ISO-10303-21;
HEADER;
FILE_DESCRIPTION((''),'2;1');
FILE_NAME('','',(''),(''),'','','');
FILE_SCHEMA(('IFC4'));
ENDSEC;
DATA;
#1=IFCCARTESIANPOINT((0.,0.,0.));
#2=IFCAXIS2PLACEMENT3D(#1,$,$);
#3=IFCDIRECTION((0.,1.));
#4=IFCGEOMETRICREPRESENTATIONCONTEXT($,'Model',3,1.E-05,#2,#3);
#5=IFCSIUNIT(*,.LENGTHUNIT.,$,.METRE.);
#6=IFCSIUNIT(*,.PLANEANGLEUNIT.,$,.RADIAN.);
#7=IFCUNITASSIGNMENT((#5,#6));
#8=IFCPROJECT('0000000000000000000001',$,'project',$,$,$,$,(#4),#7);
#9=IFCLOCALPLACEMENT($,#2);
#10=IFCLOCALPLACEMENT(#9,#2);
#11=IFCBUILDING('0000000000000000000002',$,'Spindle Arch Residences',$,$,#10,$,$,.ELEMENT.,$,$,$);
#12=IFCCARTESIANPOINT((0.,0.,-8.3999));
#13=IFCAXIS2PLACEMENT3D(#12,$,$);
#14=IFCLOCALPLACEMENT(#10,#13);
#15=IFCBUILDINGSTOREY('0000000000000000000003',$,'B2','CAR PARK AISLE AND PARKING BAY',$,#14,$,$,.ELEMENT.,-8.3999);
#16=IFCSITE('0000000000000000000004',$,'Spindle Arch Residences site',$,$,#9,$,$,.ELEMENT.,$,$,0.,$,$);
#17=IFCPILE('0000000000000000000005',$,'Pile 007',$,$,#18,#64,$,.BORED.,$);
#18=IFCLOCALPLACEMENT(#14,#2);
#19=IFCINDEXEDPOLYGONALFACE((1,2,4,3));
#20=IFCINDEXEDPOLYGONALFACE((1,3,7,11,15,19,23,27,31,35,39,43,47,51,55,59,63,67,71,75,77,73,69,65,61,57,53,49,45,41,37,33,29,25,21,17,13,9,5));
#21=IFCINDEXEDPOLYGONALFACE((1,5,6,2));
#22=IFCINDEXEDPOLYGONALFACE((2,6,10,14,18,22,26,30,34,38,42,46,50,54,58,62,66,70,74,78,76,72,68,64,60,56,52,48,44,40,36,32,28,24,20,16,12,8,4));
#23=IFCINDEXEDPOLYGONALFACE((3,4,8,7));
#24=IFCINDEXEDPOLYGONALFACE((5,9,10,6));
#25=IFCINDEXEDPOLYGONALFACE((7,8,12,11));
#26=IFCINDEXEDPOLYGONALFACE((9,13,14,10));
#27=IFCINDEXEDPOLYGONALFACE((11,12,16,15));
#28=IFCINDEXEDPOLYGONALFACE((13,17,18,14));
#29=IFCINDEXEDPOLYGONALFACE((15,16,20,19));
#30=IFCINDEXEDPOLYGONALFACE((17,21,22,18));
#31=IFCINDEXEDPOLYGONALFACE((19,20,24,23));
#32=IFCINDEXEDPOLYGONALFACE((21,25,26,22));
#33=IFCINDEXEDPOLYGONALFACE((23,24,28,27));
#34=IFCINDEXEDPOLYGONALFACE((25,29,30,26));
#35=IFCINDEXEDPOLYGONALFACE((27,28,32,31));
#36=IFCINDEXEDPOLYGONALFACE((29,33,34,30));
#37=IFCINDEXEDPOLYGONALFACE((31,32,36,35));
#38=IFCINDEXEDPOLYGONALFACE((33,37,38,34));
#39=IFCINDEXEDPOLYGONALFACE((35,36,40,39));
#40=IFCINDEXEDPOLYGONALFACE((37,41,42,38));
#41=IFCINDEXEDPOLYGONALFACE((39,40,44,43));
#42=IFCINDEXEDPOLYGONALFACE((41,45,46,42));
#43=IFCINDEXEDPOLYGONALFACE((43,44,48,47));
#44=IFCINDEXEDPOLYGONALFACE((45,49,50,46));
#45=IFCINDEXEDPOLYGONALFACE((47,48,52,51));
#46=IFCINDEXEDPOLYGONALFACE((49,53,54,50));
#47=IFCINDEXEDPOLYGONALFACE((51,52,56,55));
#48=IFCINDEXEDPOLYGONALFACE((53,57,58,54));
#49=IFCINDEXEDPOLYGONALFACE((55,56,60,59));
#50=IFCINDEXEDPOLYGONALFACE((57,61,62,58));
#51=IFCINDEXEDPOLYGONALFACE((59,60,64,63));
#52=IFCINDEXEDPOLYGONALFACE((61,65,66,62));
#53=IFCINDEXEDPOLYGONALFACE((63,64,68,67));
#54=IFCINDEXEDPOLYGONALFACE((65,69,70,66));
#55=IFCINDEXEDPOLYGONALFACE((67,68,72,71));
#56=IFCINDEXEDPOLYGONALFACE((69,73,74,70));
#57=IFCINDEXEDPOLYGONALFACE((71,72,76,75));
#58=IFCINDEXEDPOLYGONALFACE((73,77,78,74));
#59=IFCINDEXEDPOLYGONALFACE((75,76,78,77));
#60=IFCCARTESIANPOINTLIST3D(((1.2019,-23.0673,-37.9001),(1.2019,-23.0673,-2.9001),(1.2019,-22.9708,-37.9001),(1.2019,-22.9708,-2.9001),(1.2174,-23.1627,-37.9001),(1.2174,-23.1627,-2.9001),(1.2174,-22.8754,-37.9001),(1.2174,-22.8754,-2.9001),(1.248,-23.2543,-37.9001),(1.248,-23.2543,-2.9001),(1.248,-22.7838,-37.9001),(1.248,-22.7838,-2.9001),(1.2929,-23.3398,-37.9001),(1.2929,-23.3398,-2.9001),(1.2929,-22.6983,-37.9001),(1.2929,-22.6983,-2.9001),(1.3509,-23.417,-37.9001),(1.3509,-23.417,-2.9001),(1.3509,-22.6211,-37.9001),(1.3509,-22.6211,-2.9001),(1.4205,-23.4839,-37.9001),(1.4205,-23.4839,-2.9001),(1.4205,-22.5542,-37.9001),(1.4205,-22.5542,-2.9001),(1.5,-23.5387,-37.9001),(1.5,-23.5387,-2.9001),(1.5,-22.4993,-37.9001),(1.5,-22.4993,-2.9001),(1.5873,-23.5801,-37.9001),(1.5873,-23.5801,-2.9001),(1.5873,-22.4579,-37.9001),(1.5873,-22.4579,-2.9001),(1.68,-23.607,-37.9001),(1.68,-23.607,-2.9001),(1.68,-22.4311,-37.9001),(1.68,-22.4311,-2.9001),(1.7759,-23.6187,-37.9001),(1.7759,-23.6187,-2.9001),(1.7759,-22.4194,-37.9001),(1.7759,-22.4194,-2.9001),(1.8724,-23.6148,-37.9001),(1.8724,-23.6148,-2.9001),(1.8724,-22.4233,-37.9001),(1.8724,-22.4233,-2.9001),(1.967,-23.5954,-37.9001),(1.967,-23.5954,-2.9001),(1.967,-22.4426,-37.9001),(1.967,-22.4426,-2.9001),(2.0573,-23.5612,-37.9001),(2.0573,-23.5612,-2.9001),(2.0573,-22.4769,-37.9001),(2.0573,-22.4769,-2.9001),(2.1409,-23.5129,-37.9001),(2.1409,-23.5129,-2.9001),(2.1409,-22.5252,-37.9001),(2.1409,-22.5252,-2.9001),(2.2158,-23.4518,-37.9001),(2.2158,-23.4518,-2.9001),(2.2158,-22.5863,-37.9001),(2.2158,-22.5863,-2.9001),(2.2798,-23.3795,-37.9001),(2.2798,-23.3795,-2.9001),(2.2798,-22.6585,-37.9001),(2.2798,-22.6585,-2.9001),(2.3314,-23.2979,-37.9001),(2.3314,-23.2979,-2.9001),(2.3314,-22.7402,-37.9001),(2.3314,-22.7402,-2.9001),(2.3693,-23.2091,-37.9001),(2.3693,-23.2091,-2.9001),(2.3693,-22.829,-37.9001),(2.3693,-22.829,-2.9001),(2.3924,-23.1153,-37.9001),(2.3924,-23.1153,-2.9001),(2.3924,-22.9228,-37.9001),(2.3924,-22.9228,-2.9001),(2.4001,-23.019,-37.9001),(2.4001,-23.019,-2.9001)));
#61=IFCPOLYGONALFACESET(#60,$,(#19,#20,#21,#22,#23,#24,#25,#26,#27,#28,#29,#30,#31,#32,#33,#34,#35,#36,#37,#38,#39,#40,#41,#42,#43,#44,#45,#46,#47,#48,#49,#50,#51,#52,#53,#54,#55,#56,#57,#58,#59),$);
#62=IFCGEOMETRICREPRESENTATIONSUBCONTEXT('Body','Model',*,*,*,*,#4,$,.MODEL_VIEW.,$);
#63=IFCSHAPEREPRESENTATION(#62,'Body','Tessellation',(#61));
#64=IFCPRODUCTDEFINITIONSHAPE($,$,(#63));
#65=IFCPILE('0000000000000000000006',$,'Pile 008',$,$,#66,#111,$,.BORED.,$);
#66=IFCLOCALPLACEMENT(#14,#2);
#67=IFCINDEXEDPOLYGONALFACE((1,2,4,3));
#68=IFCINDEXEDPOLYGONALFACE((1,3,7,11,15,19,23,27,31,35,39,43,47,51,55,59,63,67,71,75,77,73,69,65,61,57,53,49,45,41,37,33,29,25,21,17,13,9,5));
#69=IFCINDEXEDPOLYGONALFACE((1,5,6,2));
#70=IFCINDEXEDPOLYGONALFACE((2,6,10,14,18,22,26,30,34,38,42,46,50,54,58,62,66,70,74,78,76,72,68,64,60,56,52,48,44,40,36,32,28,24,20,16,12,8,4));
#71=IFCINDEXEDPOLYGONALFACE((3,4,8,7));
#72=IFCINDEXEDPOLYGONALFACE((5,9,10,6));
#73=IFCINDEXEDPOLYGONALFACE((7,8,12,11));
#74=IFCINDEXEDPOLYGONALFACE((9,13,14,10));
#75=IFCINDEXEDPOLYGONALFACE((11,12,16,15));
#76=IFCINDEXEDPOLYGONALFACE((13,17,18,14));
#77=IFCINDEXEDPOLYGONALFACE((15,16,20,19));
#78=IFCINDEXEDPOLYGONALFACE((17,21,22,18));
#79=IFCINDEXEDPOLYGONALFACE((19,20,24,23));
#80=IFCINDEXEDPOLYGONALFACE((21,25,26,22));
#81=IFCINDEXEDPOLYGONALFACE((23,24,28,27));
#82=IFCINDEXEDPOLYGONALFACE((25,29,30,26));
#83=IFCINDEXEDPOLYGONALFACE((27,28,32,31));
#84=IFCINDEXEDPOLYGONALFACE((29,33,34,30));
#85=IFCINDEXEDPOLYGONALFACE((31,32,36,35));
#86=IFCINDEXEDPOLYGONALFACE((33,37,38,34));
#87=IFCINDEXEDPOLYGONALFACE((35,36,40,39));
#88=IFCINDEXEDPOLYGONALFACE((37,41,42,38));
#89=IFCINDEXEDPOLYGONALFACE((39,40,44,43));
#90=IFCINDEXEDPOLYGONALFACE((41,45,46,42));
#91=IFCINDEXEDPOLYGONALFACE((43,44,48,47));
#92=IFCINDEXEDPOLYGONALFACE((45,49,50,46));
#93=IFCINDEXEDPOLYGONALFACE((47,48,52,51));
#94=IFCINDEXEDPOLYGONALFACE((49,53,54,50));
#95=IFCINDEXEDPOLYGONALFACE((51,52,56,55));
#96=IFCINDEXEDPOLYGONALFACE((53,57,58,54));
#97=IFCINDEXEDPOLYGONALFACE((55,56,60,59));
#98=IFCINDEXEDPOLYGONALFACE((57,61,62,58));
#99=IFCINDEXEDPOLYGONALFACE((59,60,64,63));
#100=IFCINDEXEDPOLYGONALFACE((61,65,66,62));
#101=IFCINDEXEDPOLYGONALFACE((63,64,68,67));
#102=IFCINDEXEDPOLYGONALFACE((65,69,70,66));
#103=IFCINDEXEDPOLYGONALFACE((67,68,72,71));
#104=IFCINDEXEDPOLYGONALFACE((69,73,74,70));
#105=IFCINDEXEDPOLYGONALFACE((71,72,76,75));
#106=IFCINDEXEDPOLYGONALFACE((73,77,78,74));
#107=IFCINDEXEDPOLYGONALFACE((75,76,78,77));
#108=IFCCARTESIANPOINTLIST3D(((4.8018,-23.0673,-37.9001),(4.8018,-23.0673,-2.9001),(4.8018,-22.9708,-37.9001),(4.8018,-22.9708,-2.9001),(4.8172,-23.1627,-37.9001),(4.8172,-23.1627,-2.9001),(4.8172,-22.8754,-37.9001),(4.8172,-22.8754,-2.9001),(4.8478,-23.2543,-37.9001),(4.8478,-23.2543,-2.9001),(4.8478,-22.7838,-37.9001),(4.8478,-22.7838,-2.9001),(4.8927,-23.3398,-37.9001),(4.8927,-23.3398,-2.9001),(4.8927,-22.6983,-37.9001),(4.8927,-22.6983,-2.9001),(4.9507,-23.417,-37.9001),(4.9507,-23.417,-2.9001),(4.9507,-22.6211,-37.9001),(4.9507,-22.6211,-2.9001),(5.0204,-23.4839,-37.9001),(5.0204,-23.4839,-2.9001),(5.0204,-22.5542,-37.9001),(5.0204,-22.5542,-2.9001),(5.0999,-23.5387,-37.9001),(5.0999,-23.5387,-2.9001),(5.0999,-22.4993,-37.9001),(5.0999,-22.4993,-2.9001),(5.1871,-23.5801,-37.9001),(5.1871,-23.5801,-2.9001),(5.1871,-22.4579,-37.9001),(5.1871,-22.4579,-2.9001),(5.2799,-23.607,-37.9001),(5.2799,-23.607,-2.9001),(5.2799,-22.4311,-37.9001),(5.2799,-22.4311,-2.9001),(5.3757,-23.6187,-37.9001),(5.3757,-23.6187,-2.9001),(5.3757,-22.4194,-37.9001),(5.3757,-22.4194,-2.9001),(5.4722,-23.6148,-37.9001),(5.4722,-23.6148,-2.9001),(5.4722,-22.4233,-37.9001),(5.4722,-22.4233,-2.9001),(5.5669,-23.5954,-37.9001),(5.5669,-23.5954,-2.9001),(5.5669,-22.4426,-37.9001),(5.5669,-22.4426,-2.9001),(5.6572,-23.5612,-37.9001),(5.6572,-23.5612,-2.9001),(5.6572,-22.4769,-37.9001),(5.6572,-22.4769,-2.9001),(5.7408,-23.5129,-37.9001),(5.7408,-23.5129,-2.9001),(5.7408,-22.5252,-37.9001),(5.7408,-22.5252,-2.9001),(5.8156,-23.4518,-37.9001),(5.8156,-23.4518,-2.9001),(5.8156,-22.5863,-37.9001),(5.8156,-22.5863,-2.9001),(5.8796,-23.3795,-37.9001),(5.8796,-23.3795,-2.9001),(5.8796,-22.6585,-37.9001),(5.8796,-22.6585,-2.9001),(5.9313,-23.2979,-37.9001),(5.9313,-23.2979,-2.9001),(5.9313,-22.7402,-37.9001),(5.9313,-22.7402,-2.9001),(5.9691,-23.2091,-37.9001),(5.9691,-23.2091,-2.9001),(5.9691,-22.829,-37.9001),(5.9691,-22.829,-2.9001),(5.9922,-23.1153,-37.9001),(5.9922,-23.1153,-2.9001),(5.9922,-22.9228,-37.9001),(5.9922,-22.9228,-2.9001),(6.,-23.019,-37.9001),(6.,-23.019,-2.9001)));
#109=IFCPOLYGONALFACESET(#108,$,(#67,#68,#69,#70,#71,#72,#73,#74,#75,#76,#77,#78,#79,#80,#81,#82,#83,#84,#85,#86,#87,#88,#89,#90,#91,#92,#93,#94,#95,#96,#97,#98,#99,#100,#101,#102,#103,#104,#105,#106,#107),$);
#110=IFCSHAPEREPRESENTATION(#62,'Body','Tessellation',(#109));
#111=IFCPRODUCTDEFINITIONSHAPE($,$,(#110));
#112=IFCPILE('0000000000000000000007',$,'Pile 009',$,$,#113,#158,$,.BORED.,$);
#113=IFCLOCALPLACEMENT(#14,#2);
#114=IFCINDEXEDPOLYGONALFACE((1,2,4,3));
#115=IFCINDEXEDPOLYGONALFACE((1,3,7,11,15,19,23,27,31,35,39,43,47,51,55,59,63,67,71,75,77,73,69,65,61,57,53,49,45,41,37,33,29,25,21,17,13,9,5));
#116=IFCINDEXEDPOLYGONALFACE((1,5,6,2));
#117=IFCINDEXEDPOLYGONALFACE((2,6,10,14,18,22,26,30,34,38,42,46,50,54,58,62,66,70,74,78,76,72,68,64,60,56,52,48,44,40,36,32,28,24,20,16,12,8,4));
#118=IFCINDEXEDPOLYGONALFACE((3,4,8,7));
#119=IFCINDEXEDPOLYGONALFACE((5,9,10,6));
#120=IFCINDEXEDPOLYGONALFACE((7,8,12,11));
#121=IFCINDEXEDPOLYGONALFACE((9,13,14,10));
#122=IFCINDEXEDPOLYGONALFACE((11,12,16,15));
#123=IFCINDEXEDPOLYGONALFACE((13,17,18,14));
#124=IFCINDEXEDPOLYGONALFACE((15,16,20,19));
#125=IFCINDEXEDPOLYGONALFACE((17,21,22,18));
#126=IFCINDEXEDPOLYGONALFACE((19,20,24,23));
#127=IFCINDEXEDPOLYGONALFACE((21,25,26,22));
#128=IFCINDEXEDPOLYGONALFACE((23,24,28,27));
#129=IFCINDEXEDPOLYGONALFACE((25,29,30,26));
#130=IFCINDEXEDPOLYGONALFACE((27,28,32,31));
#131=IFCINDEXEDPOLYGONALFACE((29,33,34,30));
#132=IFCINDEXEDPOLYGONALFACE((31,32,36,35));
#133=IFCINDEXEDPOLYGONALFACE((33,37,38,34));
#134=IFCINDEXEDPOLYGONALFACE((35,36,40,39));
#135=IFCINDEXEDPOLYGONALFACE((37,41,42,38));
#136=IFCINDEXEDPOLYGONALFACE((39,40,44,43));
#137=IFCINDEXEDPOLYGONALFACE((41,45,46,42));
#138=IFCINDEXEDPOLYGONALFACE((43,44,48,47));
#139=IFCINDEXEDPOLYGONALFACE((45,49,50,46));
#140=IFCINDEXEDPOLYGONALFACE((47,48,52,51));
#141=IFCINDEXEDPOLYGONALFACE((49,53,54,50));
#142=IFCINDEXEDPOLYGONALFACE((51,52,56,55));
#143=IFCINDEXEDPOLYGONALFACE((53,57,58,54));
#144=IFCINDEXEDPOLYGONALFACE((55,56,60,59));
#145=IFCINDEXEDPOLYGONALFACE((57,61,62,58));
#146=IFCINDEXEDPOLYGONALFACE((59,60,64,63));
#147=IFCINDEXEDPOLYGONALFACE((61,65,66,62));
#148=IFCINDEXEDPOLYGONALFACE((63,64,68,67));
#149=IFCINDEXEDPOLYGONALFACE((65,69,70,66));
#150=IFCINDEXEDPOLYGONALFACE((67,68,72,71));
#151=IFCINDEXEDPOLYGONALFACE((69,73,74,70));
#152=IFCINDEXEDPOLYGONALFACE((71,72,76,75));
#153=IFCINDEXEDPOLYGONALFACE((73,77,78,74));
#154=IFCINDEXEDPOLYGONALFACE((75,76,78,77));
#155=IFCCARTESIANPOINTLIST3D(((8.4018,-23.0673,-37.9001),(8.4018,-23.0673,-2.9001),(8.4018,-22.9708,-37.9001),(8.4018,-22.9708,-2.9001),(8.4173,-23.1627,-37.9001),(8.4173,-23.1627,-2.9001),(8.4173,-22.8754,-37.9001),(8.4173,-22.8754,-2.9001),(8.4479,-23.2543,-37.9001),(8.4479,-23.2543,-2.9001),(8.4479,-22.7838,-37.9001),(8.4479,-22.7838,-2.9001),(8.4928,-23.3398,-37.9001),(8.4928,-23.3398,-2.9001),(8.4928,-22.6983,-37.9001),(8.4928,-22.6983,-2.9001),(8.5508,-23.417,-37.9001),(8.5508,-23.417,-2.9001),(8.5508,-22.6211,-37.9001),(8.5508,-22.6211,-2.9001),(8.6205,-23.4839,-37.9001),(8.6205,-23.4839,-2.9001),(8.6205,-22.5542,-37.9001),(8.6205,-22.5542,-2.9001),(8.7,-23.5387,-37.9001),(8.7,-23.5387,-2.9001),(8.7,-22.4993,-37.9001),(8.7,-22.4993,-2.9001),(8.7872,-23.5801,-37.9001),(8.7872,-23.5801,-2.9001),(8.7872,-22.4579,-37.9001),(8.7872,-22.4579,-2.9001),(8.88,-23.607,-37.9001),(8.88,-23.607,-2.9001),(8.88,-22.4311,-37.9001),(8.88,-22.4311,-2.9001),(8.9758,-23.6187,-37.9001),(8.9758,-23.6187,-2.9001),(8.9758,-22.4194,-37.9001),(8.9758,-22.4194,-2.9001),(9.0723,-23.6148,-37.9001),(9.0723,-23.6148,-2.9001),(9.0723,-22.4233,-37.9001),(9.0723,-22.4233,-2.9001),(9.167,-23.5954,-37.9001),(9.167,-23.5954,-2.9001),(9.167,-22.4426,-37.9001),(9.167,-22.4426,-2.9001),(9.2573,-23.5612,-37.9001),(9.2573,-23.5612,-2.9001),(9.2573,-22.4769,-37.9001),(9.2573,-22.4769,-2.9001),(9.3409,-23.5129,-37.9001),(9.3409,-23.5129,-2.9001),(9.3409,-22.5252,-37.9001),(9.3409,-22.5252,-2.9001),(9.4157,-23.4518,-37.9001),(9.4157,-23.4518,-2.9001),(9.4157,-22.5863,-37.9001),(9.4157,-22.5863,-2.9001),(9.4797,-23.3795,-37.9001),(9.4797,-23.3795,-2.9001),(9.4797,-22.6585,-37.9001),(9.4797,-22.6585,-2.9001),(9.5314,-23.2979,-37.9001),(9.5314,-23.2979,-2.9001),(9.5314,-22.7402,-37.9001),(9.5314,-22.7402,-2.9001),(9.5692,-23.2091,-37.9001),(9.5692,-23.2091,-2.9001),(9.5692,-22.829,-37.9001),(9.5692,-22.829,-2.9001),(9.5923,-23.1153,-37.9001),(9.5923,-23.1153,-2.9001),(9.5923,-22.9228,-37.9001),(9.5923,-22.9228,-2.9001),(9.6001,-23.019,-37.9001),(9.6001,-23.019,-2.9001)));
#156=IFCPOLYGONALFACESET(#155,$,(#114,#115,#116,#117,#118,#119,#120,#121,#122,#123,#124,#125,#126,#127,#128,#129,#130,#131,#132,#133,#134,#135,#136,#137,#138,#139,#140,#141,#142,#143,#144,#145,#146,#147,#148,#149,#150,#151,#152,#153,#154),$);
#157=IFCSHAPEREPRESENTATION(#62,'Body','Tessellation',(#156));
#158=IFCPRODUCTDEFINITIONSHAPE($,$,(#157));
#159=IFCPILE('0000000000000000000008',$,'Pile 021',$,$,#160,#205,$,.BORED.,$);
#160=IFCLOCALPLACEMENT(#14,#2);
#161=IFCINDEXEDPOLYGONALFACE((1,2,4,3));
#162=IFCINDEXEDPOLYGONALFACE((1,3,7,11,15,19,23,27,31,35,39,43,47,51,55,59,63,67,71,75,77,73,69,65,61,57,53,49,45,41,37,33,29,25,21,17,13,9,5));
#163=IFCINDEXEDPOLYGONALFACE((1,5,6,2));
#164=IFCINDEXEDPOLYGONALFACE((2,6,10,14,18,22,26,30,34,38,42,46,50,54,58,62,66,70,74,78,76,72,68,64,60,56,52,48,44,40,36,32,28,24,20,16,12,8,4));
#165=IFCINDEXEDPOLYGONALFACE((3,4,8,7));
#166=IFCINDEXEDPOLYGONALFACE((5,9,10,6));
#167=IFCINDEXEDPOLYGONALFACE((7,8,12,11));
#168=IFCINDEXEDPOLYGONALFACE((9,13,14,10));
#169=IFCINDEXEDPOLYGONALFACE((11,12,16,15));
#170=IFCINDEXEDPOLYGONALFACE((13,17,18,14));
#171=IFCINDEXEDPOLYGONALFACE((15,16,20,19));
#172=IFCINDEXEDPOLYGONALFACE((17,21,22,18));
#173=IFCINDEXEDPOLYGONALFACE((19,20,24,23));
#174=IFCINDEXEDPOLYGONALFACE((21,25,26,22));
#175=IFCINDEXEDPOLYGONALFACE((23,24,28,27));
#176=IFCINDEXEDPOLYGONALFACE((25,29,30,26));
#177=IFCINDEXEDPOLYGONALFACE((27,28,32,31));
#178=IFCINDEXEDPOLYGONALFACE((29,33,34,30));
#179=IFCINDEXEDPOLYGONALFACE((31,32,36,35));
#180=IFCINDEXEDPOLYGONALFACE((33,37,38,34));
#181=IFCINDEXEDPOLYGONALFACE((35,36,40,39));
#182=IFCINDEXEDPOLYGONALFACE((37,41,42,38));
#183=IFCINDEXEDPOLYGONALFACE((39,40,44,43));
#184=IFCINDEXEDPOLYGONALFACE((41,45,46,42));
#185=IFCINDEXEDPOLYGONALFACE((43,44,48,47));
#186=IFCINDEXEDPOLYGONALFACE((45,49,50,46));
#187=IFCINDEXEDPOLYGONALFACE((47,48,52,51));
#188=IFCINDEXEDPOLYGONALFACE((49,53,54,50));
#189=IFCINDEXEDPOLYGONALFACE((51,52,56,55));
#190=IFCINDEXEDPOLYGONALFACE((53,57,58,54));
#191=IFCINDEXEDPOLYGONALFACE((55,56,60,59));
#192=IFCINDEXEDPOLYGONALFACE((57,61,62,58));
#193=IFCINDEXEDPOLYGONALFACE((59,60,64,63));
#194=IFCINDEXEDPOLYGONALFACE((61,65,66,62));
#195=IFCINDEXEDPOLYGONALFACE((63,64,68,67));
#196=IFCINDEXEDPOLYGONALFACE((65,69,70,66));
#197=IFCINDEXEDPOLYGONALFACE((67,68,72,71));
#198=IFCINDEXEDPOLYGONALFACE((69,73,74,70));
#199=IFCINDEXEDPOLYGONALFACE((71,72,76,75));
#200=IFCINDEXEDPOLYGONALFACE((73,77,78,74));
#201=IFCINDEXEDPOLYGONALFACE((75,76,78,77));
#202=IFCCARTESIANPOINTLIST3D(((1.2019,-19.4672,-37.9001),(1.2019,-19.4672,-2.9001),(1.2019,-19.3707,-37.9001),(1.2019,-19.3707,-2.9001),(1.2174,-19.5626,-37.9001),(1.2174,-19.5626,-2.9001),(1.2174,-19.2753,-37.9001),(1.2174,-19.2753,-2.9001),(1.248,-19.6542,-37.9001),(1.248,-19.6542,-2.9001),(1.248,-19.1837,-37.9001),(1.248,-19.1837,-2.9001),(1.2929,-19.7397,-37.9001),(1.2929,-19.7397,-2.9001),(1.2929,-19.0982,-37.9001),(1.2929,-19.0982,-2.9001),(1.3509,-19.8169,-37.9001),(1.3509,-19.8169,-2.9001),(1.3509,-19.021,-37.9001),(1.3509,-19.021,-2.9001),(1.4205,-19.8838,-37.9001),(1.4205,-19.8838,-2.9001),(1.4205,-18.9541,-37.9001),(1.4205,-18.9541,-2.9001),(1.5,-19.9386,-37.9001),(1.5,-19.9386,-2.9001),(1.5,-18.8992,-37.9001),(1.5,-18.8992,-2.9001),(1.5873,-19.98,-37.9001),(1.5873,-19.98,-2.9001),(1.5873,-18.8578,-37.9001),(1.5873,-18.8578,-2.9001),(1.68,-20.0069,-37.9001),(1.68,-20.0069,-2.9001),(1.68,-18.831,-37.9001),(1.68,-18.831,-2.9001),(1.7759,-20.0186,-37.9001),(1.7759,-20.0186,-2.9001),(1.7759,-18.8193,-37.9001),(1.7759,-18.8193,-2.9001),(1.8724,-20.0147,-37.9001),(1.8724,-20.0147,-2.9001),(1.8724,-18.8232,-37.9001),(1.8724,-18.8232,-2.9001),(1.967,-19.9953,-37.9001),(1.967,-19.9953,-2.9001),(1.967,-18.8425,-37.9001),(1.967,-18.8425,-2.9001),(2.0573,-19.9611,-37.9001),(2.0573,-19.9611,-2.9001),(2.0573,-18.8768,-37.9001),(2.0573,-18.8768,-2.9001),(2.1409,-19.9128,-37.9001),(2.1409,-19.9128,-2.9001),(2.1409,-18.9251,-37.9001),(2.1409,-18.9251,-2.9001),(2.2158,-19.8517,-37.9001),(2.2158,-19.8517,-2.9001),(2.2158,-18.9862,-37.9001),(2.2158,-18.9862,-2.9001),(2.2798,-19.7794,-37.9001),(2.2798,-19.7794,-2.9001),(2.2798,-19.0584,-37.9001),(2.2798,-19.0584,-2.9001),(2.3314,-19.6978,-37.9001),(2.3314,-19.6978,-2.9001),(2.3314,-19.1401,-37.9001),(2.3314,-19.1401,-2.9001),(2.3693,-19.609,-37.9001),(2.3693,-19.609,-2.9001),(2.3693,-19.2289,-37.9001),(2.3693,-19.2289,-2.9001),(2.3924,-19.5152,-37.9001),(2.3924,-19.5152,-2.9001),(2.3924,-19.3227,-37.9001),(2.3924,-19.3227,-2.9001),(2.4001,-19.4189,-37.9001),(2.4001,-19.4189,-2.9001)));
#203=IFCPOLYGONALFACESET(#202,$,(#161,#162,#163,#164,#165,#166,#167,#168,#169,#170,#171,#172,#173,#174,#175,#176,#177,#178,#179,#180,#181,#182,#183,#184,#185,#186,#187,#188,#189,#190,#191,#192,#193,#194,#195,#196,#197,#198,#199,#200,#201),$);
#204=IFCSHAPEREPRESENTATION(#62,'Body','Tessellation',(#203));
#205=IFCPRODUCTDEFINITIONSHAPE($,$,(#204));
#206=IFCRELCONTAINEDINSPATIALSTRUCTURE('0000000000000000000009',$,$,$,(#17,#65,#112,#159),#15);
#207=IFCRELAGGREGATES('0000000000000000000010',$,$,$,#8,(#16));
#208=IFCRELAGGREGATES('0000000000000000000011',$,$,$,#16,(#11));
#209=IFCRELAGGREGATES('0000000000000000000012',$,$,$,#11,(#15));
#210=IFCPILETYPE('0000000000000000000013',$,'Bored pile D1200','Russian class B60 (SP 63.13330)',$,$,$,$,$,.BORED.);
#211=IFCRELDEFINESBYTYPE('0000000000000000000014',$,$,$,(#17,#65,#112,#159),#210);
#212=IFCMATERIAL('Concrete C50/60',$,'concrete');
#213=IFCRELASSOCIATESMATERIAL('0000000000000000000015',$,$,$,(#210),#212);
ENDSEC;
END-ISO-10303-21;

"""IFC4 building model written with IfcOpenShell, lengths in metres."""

from ifc_helpers import new_model, si_unit, direction, frame, origin, origin_2d, place, context, subcontext, project, spatial, circle, extrude, material, material_profile, profile_set, type_object, element, save


model = new_model("IFC4")

# Units and contexts
model_context = context("Model", 3, precision=1e-05, world=origin(), true_north=direction((0.0, 1.0)))
body_context = subcontext(model_context, "Body", "Model", "MODEL_VIEW")
ifc_project = project(units=[si_unit("LENGTHUNIT", "METRE"), si_unit("PLANEANGLEUNIT", "RADIAN")], contexts=[model_context])

# Site, building, storey
site_placement = place(None, origin())
site = spatial("IfcSite", under=ifc_project, at=site_placement, Name="Spindle Arch Residences site", CompositionType="ELEMENT", RefElevation=0.0)
building_placement = place(site_placement, origin())
building = spatial("IfcBuilding", under=site, at=building_placement, Name="Spindle Arch Residences", CompositionType="ELEMENT")
storey_placement = place(building_placement, frame((0.0, 0.0, -8.3999)))
storey = spatial("IfcBuildingStorey", under=building, at=storey_placement, Name="B2", Description="CAR PARK AISLE AND PARKING BAY", CompositionType="ELEMENT", Elevation=-8.3999)

# Piles
ifc_material_1 = material(Name="Concrete C50/60", Category="concrete")
ifc_material_profile = material_profile(ifc_material_1, circle(Radius=0.6001, at=origin_2d()), Name="BP D1200")
ifc_profile_set = profile_set([ifc_material_profile], Name="Concrete C50/60")
pile_type = type_object("IfcPileType", Name="Bored pile D1200", Description="Russian class B60 (SP 63.13330)", PredefinedType="BORED", material=ifc_profile_set)
for number, where, z_axis, x_axis, name in (
    (1, (1.8, -23.019, -2.9001), (0.0, 0.0, -1.0), (1.0, 0.0, 0.0), "Pile 007"),
    (2, (5.3999, -23.019, -2.9001), (0.0, 0.0, -1.0), (1.0, 0.0, 0.0), "Pile 008"),
    (3, (9.0, -23.019, -2.9001), (0.0, 0.0, -1.0), (1.0, 0.0, 0.0), "Pile 009"),
    (4, (1.8, -19.4189, -2.9001), (0.0, 0.0, -1.0), (1.0, 0.0, 0.0), "Pile 021"),
):
    element("IfcPile", number, at=place(storey_placement, frame(where, z_axis=z_axis, x_axis=x_axis)), inside=storey, type_object=pile_type, Name=name, PredefinedType="BORED", context=body_context, shape_type="SweptSolid", body=[
        extrude(circle(Radius=0.6001, at=origin_2d()), origin(), (0.0, 0.0, 1.0), 35.0),
    ])

save(model, "model.ifc")
